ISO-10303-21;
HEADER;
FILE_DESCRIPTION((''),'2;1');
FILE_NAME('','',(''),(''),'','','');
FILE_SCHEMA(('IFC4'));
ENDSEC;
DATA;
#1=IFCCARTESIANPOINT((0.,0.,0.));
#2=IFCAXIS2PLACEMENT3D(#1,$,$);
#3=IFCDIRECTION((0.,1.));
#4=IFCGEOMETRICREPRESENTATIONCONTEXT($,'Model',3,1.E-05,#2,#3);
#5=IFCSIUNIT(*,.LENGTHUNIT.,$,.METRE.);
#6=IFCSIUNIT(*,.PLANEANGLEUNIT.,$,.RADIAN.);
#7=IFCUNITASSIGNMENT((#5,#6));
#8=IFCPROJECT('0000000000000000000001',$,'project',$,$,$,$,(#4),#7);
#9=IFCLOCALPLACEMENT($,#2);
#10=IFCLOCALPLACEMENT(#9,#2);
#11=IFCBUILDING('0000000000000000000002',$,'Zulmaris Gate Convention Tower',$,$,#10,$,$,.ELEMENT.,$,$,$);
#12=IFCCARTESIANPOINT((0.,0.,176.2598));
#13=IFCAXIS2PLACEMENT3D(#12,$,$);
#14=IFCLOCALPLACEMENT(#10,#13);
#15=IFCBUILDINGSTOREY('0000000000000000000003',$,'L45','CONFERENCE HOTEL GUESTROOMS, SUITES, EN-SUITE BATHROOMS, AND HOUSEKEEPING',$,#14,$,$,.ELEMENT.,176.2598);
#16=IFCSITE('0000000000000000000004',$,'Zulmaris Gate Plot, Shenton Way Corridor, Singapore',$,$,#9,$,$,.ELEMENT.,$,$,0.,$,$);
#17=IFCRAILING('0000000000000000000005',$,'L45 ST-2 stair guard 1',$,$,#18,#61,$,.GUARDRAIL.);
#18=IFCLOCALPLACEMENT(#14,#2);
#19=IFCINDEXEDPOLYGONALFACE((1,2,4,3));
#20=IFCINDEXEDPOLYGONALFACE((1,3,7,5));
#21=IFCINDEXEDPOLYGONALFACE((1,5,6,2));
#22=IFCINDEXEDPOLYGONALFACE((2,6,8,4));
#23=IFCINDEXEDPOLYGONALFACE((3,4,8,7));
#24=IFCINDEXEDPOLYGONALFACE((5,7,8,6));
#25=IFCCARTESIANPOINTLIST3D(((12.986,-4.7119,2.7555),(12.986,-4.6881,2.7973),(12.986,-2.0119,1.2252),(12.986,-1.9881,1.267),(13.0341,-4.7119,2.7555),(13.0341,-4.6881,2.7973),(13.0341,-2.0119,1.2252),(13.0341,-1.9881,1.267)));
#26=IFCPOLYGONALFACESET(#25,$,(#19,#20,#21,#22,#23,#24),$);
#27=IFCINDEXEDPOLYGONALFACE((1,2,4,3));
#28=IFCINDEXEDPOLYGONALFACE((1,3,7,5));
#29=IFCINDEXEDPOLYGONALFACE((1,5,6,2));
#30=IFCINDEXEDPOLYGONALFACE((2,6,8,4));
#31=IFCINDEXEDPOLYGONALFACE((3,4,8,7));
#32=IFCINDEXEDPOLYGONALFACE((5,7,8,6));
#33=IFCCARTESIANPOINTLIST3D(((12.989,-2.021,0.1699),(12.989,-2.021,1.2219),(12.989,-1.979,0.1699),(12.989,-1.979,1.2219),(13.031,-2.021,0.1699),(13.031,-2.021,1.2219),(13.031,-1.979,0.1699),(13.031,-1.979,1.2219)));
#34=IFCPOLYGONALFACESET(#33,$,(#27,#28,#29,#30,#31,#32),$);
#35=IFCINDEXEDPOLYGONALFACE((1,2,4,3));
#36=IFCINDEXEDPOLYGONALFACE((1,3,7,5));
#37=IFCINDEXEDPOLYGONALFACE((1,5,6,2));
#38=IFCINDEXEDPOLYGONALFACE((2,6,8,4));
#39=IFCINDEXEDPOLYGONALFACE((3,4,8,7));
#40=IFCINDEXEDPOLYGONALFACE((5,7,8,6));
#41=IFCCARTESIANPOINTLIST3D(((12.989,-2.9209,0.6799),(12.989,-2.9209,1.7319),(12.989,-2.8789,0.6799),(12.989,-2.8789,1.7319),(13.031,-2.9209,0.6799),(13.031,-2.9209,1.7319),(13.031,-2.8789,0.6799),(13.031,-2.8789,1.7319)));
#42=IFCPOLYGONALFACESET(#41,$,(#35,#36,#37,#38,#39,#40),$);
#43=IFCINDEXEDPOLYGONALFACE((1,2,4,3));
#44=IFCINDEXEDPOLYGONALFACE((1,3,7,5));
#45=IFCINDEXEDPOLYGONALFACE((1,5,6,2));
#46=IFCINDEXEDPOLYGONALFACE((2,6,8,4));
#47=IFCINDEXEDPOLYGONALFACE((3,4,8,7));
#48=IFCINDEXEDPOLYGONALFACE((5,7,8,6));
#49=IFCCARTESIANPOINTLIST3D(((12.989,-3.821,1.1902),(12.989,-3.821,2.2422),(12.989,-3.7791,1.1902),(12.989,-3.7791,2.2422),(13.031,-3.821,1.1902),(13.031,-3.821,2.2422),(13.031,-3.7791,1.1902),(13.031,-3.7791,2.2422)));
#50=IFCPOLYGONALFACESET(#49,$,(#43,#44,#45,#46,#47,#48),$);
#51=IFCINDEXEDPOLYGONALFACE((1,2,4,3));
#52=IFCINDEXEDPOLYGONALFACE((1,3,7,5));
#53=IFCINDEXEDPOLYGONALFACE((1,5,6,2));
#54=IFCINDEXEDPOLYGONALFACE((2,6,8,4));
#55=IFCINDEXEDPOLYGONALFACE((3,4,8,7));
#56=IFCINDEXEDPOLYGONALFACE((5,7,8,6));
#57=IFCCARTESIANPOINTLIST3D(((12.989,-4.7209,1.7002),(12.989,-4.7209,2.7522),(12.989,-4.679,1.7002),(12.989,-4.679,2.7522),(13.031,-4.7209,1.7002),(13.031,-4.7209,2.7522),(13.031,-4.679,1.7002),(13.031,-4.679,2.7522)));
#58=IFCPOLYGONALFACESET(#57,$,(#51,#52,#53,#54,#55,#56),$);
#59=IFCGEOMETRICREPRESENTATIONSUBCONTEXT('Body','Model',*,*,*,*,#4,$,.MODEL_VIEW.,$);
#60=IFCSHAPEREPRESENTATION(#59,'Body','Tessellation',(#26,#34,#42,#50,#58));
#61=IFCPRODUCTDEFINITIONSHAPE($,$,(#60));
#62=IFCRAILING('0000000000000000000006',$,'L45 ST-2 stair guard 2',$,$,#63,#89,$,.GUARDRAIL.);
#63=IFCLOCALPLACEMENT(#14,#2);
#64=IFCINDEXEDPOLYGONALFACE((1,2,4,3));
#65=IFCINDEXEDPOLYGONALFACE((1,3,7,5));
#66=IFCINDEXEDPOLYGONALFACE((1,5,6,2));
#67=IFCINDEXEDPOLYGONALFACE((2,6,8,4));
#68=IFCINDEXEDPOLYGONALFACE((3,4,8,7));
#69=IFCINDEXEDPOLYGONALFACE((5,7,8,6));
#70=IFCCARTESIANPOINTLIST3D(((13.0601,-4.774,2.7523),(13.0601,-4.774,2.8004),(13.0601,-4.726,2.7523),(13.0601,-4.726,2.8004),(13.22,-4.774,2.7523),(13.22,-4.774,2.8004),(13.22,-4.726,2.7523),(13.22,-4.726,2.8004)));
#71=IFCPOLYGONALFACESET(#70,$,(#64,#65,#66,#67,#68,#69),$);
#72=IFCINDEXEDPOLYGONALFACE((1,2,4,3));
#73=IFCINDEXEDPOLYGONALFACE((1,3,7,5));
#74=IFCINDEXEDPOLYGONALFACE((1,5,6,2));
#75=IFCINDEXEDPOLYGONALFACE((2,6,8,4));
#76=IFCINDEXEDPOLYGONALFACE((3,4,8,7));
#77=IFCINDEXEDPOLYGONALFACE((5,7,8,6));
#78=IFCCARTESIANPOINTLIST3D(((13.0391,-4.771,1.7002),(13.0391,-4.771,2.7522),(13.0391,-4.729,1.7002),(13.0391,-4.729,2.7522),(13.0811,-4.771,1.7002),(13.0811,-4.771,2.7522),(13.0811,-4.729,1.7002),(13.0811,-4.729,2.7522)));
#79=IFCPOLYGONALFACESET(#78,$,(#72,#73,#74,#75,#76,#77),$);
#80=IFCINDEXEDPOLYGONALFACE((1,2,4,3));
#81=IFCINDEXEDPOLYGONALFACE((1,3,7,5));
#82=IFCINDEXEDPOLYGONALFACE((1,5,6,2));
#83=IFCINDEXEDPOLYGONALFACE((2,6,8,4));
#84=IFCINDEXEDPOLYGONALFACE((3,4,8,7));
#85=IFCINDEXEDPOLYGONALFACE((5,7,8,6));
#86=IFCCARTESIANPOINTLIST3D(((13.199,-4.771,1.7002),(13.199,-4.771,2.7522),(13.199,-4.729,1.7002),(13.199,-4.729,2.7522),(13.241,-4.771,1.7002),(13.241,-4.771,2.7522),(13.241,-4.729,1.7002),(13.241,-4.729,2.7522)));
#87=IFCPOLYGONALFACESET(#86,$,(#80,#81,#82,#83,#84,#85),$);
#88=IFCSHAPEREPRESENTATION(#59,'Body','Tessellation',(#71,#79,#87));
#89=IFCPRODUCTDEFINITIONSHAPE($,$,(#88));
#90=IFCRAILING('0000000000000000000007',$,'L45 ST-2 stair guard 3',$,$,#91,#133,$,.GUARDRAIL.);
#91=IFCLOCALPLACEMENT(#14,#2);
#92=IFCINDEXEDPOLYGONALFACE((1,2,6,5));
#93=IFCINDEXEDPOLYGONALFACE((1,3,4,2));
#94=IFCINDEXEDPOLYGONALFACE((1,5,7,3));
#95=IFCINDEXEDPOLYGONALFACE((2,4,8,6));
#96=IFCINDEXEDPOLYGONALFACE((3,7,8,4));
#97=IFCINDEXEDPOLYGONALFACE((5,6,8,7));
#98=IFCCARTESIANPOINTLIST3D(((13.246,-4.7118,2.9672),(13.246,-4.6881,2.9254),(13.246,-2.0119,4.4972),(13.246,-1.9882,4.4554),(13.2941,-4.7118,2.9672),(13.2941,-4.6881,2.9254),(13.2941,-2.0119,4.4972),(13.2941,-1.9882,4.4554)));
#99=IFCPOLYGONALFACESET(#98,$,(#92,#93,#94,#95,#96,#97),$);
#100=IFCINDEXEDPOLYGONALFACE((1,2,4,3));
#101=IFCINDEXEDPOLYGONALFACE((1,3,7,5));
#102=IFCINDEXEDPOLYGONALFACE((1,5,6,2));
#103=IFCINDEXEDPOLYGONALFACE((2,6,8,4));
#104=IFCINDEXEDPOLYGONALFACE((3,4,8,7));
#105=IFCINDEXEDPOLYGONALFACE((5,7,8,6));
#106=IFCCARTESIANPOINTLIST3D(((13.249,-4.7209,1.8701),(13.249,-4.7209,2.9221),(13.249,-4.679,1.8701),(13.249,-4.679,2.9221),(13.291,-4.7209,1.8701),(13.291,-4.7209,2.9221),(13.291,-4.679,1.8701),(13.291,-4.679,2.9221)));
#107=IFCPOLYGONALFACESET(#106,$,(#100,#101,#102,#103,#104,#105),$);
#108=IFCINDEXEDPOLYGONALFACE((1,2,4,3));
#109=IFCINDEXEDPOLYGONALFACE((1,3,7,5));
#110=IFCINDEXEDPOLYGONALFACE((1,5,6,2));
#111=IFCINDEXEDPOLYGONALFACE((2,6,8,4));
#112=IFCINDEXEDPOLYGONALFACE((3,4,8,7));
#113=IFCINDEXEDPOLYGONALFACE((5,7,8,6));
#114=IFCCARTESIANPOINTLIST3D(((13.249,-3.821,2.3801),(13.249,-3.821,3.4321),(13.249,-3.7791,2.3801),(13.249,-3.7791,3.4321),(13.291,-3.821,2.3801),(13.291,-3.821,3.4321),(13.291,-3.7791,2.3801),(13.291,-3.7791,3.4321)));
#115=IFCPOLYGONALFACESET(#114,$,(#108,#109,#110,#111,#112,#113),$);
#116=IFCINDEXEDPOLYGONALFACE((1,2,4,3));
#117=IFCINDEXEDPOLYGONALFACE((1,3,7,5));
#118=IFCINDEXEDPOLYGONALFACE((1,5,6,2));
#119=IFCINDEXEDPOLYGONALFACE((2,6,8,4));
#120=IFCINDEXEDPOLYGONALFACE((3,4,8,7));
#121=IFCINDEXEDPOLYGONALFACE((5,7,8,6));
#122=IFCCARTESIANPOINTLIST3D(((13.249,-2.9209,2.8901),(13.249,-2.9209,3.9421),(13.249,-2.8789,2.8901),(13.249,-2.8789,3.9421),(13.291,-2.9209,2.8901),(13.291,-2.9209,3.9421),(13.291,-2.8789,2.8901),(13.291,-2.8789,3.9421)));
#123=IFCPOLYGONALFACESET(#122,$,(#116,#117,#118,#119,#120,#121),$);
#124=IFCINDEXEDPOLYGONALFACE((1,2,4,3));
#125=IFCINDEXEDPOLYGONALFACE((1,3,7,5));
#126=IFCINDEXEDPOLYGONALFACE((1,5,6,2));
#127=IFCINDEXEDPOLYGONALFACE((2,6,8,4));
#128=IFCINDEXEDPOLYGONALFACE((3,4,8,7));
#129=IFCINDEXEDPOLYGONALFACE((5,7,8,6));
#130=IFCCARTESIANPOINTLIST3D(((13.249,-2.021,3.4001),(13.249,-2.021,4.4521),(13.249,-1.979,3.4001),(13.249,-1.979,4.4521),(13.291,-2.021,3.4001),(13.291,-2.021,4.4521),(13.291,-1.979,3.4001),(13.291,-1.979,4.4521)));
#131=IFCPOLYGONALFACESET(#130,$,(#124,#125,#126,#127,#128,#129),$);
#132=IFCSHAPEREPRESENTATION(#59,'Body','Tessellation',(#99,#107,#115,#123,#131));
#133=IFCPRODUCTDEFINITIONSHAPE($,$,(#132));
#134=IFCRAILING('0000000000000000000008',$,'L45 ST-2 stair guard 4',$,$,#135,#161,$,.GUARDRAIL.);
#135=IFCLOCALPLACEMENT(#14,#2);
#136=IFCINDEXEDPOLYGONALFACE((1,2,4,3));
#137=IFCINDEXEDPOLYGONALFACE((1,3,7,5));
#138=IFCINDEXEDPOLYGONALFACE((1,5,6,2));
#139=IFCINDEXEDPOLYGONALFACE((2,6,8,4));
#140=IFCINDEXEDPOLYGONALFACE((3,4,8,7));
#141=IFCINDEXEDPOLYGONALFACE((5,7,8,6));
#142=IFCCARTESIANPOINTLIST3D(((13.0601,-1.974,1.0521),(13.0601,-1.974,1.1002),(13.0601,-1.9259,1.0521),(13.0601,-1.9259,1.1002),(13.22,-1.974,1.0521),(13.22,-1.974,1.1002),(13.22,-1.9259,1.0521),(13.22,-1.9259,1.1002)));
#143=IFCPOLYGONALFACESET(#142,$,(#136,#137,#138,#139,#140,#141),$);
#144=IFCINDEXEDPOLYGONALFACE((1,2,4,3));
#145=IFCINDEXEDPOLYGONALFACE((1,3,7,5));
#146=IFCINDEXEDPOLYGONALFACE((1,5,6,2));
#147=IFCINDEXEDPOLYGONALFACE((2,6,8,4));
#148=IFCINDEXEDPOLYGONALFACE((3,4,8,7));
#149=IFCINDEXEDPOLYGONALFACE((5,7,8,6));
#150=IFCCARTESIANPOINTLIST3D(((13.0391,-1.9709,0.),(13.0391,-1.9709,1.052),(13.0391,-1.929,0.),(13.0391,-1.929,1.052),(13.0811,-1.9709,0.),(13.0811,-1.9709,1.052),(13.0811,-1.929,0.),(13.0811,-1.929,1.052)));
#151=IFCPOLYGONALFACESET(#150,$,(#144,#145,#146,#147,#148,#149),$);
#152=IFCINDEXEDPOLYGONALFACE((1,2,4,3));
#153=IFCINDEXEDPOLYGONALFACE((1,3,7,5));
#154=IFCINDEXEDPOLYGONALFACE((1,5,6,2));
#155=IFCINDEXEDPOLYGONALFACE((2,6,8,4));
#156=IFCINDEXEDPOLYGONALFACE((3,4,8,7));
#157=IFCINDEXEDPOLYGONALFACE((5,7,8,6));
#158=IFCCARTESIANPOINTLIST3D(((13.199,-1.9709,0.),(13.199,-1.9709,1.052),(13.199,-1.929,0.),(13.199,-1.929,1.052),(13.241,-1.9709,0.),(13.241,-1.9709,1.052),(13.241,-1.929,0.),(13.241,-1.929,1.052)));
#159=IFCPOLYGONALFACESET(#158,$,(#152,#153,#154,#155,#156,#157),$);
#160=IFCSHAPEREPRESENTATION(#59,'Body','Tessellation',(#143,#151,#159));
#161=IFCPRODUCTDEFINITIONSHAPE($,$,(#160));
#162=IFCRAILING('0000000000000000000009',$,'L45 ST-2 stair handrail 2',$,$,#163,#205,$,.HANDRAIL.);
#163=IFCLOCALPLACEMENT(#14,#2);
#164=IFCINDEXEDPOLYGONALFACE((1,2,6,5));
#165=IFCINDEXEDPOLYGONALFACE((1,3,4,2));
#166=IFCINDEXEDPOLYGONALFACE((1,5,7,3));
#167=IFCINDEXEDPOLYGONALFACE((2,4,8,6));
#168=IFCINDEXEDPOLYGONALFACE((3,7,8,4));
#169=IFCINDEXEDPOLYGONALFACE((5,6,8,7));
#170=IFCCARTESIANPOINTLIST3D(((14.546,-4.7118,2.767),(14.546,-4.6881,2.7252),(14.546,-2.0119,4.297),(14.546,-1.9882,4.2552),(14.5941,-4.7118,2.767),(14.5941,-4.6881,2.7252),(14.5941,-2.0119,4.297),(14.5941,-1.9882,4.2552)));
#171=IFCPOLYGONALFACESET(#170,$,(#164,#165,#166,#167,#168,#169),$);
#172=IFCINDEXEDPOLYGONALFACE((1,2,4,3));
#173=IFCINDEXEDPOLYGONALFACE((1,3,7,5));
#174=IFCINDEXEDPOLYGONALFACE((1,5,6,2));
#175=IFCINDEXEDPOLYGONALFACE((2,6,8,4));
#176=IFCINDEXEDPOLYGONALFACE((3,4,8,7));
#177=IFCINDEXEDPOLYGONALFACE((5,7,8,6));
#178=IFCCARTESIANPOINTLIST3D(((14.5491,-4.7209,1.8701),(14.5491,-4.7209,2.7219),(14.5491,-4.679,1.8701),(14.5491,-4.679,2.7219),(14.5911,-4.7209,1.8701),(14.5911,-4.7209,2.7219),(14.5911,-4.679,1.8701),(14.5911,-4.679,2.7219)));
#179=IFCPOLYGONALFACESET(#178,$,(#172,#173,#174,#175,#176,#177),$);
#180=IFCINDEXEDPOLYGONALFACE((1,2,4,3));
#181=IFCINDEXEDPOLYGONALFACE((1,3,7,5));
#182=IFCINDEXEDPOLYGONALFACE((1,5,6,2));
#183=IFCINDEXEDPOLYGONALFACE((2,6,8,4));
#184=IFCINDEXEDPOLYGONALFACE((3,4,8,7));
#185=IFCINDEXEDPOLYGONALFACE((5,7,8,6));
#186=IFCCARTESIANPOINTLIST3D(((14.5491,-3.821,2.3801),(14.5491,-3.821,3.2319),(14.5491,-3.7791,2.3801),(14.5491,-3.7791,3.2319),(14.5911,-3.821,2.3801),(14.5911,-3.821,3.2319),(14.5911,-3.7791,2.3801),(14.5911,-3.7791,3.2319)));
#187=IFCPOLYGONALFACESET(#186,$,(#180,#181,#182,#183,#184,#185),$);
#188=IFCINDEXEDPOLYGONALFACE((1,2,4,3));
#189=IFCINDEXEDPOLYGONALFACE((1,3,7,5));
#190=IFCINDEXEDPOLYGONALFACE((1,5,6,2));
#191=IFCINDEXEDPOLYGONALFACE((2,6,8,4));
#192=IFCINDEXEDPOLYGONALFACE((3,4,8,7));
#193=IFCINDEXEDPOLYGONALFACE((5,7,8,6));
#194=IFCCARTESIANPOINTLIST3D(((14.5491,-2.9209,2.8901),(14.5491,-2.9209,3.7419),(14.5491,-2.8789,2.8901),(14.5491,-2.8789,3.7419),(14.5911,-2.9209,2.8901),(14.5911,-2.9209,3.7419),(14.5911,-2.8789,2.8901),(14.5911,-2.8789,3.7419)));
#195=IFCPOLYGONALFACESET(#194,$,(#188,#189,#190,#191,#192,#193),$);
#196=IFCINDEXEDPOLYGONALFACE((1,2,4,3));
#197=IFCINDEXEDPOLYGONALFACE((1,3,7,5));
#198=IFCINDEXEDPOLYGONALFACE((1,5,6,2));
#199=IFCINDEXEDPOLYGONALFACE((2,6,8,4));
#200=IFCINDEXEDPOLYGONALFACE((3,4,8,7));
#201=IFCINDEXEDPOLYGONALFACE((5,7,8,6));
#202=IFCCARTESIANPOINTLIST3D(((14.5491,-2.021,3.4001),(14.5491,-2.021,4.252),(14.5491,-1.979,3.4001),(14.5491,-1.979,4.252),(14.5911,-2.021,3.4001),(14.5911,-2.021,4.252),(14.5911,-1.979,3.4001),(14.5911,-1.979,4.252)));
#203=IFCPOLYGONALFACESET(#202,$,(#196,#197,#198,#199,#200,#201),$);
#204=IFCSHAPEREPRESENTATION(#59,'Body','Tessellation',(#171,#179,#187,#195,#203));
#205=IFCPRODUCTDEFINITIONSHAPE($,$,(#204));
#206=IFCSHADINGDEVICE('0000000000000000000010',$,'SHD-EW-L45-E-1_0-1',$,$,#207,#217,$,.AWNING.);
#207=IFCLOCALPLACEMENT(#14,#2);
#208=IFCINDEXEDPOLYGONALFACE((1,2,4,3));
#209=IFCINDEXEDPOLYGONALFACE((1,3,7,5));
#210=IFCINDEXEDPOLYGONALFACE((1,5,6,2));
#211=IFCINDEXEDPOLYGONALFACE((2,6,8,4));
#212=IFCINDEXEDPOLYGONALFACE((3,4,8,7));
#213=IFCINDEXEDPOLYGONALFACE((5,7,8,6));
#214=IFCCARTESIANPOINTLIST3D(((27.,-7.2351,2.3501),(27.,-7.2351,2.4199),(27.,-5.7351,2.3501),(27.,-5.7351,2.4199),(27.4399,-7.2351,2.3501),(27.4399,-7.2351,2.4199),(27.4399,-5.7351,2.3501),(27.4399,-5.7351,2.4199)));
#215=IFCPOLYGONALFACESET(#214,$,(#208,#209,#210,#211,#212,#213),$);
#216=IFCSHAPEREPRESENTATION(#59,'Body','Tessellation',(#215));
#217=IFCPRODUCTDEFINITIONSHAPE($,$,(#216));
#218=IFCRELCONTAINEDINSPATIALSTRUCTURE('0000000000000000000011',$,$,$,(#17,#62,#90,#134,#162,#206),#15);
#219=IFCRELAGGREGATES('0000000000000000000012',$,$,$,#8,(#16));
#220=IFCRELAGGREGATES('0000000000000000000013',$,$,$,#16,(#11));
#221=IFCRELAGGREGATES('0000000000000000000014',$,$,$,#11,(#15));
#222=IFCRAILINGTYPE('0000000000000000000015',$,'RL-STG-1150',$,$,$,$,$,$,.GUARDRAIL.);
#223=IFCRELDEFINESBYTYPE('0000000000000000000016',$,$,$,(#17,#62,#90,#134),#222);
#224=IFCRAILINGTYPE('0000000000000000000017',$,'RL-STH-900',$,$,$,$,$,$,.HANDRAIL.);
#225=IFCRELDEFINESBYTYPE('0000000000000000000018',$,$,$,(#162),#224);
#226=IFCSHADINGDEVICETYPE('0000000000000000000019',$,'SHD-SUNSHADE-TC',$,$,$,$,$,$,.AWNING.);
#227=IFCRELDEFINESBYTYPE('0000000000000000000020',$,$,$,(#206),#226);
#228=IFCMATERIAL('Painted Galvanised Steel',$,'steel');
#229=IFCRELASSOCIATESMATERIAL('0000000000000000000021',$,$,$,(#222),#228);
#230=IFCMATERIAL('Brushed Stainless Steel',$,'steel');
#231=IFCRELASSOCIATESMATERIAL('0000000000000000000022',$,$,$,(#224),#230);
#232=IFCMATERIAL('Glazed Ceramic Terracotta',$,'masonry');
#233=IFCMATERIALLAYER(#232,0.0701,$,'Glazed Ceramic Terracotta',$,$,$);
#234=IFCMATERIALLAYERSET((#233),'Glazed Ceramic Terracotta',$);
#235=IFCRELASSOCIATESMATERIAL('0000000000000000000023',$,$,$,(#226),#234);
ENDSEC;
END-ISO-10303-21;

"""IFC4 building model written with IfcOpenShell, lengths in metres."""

from ifc_helpers import new_model, si_unit, direction, frame, frame_2d, origin, origin_2d, place, context, subcontext, project, spatial, rectangle, extrude, material, layer, layer_set, type_object, element, save


model = new_model("IFC4")

# Units and contexts
model_context = context("Model", 3, precision=1e-05, world=origin(), true_north=direction((0.0, 1.0)))
body_context = subcontext(model_context, "Body", "Model", "MODEL_VIEW")
ifc_project = project(units=[si_unit("LENGTHUNIT", "METRE"), si_unit("PLANEANGLEUNIT", "RADIAN")], contexts=[model_context])

# Site, building, storey
site_placement = place(None, origin())
site = spatial("IfcSite", under=ifc_project, at=site_placement, Name="Zulmaris Gate Plot, Shenton Way Corridor, Singapore", CompositionType="ELEMENT", RefElevation=0.0)
building_placement = place(site_placement, origin())
building = spatial("IfcBuilding", under=site, at=building_placement, Name="Zulmaris Gate Convention Tower", CompositionType="ELEMENT")
storey_placement = place(building_placement, frame((0.0, 0.0, 176.2598)))
storey = spatial("IfcBuildingStorey", under=building, at=storey_placement, Name="L45", Description="CONFERENCE HOTEL GUESTROOMS, SUITES, EN-SUITE BATHROOMS, AND HOUSEKEEPING", CompositionType="ELEMENT", Elevation=176.2598)

# Railings
ifc_material_1 = material(Name="Painted Galvanised Steel", Category="steel")
railing_type_1 = type_object("IfcRailingType", Name="RL-STG-1150", PredefinedType="GUARDRAIL", material=ifc_material_1)
railing_1_placement = place(storey_placement, frame((13.01, -2.0, 0.1699)))
element("IfcRailing", 1, at=railing_1_placement, inside=storey, type_object=railing_type_1, Name="L45 ST-2 stair guard 1", PredefinedType="GUARDRAIL", context=body_context, shape_type="SweptSolid", body=[
    extrude(rectangle(XDim=0.0481, YDim=0.0481, at=origin_2d()), frame((0.0, 0.0, 1.0762), z_axis=(0.0, -0.869981, 0.493086), x_axis=(1.0, 0.0, 0.0)), (0.0, 0.0, 1.0), 3.1035),
    extrude(rectangle(XDim=0.042, YDim=0.042, at=origin_2d()), origin(), (0.0, 0.0, 1.0), 1.052),
    extrude(rectangle(XDim=0.042, YDim=0.042, at=origin_2d()), frame((0.0, -0.8999, 0.51)), (0.0, 0.0, 1.0), 1.052),
    extrude(rectangle(XDim=0.042, YDim=0.042, at=origin_2d()), frame((0.0, -1.8, 1.0203)), (0.0, 0.0, 1.0), 1.052),
    extrude(rectangle(XDim=0.042, YDim=0.042, at=origin_2d()), frame((0.0, -2.7, 1.5303)), (0.0, 0.0, 1.0), 1.052),
])
railing_2_placement = place(storey_placement, frame((13.0601, -4.75, 1.7002)))
element("IfcRailing", 2, at=railing_2_placement, inside=storey, type_object=railing_type_1, Name="L45 ST-2 stair guard 2", PredefinedType="GUARDRAIL", context=body_context, shape_type="SweptSolid", body=[
    extrude(rectangle(XDim=0.0481, YDim=0.0481, at=origin_2d()), frame((0.0, 0.0, 1.0762), z_axis=(1.0, 0.0, 0.0), x_axis=(0.0, 1.0, 0.0)), (0.0, 0.0, 1.0), 0.1599),
    extrude(rectangle(XDim=0.042, YDim=0.042, at=origin_2d()), origin(), (0.0, 0.0, 1.0), 1.052),
    extrude(rectangle(XDim=0.042, YDim=0.042, at=origin_2d()), frame((0.1599, 0.0, 0.0)), (0.0, 0.0, 1.0), 1.052),
])
railing_3_placement = place(storey_placement, frame((13.27, -4.7, 1.8701)))
element("IfcRailing", 3, at=railing_3_placement, inside=storey, type_object=railing_type_1, Name="L45 ST-2 stair guard 3", PredefinedType="GUARDRAIL", context=body_context, shape_type="SweptSolid", body=[
    extrude(rectangle(XDim=0.0481, YDim=0.0481, at=origin_2d()), frame((0.0, 0.0, 1.0762), z_axis=(0.0, 0.870014, 0.493026), x_axis=(-1.0, 0.0, 0.0)), (0.0, 0.0, 1.0), 3.1033),
    extrude(rectangle(XDim=0.042, YDim=0.042, at=origin_2d()), origin(), (0.0, 0.0, 1.0), 1.052),
    extrude(rectangle(XDim=0.042, YDim=0.042, at=origin_2d()), frame((0.0, 0.8999, 0.51)), (0.0, 0.0, 1.0), 1.052),
    extrude(rectangle(XDim=0.042, YDim=0.042, at=origin_2d()), frame((0.0, 1.8, 1.02)), (0.0, 0.0, 1.0), 1.052),
    extrude(rectangle(XDim=0.042, YDim=0.042, at=origin_2d()), frame((0.0, 2.7, 1.53)), (0.0, 0.0, 1.0), 1.052),
])
railing_4_placement = place(storey_placement, frame((13.0601, -1.95, 0.0)))
element("IfcRailing", 4, at=railing_4_placement, inside=storey, type_object=railing_type_1, Name="L45 ST-2 stair guard 4", PredefinedType="GUARDRAIL", context=body_context, shape_type="SweptSolid", body=[
    extrude(rectangle(XDim=0.0481, YDim=0.0481, at=origin_2d()), frame((0.0, 0.0, 1.0762), z_axis=(1.0, 0.0, 0.0), x_axis=(0.0, 1.0, 0.0)), (0.0, 0.0, 1.0), 0.1599),
    extrude(rectangle(XDim=0.042, YDim=0.042, at=origin_2d()), origin(), (0.0, 0.0, 1.0), 1.052),
    extrude(rectangle(XDim=0.042, YDim=0.042, at=origin_2d()), frame((0.1599, 0.0, 0.0)), (0.0, 0.0, 1.0), 1.052),
])
ifc_material_2 = material(Name="Brushed Stainless Steel", Category="steel")
railing_type_2 = type_object("IfcRailingType", Name="RL-STH-900", PredefinedType="HANDRAIL", material=ifc_material_2)
railing_5_placement = place(storey_placement, frame((14.5701, -4.7, 1.8701)))
element("IfcRailing", 5, at=railing_5_placement, inside=storey, type_object=railing_type_2, Name="L45 ST-2 stair handrail 2", PredefinedType="HANDRAIL", context=body_context, shape_type="SweptSolid", body=[
    extrude(rectangle(XDim=0.0481, YDim=0.0481, at=origin_2d()), frame((0.0, 0.0, 0.876), z_axis=(0.0, 0.870014, 0.493026), x_axis=(-1.0, 0.0, 0.0)), (0.0, 0.0, 1.0), 3.1033),
    extrude(rectangle(XDim=0.042, YDim=0.042, at=origin_2d()), origin(), (0.0, 0.0, 1.0), 0.8518),
    extrude(rectangle(XDim=0.042, YDim=0.042, at=origin_2d()), frame((0.0, 0.8999, 0.51)), (0.0, 0.0, 1.0), 0.8518),
    extrude(rectangle(XDim=0.042, YDim=0.042, at=origin_2d()), frame((0.0, 1.8, 1.02)), (0.0, 0.0, 1.0), 0.8518),
    extrude(rectangle(XDim=0.042, YDim=0.042, at=origin_2d()), frame((0.0, 2.7, 1.53)), (0.0, 0.0, 1.0), 0.8518),
])

# Shading device
ifc_material_3 = material(Name="Glazed Ceramic Terracotta", Category="masonry")
ifc_layer_1 = layer(ifc_material_3, 0.0701, Name="Glazed Ceramic Terracotta")
ifc_layer_set_1 = layer_set([ifc_layer_1], Name="Glazed Ceramic Terracotta")
shading_device_type = type_object("IfcShadingDeviceType", Name="SHD-SUNSHADE-TC", PredefinedType="AWNING", material=ifc_layer_set_1)
for number, where, z_axis, x_axis, name in (
    (6, (27.22, -7.2351, 2.3501), (0.0, 0.0, 1.0), (0.0, 1.0, 0.0), "SHD-EW-L45-E-1_0-1"),
):
    element("IfcShadingDevice", number, at=place(storey_placement, frame(where, z_axis=z_axis, x_axis=x_axis)), inside=storey, type_object=shading_device_type, Name=name, PredefinedType="AWNING", context=body_context, shape_type="SweptSolid", body=[
        extrude(rectangle(XDim=1.5, YDim=0.4399, at=frame_2d((0.75, 0.0))), origin(), (0.0, 0.0, 1.0), 0.0698),
    ])

save(model, "model.ifc")
